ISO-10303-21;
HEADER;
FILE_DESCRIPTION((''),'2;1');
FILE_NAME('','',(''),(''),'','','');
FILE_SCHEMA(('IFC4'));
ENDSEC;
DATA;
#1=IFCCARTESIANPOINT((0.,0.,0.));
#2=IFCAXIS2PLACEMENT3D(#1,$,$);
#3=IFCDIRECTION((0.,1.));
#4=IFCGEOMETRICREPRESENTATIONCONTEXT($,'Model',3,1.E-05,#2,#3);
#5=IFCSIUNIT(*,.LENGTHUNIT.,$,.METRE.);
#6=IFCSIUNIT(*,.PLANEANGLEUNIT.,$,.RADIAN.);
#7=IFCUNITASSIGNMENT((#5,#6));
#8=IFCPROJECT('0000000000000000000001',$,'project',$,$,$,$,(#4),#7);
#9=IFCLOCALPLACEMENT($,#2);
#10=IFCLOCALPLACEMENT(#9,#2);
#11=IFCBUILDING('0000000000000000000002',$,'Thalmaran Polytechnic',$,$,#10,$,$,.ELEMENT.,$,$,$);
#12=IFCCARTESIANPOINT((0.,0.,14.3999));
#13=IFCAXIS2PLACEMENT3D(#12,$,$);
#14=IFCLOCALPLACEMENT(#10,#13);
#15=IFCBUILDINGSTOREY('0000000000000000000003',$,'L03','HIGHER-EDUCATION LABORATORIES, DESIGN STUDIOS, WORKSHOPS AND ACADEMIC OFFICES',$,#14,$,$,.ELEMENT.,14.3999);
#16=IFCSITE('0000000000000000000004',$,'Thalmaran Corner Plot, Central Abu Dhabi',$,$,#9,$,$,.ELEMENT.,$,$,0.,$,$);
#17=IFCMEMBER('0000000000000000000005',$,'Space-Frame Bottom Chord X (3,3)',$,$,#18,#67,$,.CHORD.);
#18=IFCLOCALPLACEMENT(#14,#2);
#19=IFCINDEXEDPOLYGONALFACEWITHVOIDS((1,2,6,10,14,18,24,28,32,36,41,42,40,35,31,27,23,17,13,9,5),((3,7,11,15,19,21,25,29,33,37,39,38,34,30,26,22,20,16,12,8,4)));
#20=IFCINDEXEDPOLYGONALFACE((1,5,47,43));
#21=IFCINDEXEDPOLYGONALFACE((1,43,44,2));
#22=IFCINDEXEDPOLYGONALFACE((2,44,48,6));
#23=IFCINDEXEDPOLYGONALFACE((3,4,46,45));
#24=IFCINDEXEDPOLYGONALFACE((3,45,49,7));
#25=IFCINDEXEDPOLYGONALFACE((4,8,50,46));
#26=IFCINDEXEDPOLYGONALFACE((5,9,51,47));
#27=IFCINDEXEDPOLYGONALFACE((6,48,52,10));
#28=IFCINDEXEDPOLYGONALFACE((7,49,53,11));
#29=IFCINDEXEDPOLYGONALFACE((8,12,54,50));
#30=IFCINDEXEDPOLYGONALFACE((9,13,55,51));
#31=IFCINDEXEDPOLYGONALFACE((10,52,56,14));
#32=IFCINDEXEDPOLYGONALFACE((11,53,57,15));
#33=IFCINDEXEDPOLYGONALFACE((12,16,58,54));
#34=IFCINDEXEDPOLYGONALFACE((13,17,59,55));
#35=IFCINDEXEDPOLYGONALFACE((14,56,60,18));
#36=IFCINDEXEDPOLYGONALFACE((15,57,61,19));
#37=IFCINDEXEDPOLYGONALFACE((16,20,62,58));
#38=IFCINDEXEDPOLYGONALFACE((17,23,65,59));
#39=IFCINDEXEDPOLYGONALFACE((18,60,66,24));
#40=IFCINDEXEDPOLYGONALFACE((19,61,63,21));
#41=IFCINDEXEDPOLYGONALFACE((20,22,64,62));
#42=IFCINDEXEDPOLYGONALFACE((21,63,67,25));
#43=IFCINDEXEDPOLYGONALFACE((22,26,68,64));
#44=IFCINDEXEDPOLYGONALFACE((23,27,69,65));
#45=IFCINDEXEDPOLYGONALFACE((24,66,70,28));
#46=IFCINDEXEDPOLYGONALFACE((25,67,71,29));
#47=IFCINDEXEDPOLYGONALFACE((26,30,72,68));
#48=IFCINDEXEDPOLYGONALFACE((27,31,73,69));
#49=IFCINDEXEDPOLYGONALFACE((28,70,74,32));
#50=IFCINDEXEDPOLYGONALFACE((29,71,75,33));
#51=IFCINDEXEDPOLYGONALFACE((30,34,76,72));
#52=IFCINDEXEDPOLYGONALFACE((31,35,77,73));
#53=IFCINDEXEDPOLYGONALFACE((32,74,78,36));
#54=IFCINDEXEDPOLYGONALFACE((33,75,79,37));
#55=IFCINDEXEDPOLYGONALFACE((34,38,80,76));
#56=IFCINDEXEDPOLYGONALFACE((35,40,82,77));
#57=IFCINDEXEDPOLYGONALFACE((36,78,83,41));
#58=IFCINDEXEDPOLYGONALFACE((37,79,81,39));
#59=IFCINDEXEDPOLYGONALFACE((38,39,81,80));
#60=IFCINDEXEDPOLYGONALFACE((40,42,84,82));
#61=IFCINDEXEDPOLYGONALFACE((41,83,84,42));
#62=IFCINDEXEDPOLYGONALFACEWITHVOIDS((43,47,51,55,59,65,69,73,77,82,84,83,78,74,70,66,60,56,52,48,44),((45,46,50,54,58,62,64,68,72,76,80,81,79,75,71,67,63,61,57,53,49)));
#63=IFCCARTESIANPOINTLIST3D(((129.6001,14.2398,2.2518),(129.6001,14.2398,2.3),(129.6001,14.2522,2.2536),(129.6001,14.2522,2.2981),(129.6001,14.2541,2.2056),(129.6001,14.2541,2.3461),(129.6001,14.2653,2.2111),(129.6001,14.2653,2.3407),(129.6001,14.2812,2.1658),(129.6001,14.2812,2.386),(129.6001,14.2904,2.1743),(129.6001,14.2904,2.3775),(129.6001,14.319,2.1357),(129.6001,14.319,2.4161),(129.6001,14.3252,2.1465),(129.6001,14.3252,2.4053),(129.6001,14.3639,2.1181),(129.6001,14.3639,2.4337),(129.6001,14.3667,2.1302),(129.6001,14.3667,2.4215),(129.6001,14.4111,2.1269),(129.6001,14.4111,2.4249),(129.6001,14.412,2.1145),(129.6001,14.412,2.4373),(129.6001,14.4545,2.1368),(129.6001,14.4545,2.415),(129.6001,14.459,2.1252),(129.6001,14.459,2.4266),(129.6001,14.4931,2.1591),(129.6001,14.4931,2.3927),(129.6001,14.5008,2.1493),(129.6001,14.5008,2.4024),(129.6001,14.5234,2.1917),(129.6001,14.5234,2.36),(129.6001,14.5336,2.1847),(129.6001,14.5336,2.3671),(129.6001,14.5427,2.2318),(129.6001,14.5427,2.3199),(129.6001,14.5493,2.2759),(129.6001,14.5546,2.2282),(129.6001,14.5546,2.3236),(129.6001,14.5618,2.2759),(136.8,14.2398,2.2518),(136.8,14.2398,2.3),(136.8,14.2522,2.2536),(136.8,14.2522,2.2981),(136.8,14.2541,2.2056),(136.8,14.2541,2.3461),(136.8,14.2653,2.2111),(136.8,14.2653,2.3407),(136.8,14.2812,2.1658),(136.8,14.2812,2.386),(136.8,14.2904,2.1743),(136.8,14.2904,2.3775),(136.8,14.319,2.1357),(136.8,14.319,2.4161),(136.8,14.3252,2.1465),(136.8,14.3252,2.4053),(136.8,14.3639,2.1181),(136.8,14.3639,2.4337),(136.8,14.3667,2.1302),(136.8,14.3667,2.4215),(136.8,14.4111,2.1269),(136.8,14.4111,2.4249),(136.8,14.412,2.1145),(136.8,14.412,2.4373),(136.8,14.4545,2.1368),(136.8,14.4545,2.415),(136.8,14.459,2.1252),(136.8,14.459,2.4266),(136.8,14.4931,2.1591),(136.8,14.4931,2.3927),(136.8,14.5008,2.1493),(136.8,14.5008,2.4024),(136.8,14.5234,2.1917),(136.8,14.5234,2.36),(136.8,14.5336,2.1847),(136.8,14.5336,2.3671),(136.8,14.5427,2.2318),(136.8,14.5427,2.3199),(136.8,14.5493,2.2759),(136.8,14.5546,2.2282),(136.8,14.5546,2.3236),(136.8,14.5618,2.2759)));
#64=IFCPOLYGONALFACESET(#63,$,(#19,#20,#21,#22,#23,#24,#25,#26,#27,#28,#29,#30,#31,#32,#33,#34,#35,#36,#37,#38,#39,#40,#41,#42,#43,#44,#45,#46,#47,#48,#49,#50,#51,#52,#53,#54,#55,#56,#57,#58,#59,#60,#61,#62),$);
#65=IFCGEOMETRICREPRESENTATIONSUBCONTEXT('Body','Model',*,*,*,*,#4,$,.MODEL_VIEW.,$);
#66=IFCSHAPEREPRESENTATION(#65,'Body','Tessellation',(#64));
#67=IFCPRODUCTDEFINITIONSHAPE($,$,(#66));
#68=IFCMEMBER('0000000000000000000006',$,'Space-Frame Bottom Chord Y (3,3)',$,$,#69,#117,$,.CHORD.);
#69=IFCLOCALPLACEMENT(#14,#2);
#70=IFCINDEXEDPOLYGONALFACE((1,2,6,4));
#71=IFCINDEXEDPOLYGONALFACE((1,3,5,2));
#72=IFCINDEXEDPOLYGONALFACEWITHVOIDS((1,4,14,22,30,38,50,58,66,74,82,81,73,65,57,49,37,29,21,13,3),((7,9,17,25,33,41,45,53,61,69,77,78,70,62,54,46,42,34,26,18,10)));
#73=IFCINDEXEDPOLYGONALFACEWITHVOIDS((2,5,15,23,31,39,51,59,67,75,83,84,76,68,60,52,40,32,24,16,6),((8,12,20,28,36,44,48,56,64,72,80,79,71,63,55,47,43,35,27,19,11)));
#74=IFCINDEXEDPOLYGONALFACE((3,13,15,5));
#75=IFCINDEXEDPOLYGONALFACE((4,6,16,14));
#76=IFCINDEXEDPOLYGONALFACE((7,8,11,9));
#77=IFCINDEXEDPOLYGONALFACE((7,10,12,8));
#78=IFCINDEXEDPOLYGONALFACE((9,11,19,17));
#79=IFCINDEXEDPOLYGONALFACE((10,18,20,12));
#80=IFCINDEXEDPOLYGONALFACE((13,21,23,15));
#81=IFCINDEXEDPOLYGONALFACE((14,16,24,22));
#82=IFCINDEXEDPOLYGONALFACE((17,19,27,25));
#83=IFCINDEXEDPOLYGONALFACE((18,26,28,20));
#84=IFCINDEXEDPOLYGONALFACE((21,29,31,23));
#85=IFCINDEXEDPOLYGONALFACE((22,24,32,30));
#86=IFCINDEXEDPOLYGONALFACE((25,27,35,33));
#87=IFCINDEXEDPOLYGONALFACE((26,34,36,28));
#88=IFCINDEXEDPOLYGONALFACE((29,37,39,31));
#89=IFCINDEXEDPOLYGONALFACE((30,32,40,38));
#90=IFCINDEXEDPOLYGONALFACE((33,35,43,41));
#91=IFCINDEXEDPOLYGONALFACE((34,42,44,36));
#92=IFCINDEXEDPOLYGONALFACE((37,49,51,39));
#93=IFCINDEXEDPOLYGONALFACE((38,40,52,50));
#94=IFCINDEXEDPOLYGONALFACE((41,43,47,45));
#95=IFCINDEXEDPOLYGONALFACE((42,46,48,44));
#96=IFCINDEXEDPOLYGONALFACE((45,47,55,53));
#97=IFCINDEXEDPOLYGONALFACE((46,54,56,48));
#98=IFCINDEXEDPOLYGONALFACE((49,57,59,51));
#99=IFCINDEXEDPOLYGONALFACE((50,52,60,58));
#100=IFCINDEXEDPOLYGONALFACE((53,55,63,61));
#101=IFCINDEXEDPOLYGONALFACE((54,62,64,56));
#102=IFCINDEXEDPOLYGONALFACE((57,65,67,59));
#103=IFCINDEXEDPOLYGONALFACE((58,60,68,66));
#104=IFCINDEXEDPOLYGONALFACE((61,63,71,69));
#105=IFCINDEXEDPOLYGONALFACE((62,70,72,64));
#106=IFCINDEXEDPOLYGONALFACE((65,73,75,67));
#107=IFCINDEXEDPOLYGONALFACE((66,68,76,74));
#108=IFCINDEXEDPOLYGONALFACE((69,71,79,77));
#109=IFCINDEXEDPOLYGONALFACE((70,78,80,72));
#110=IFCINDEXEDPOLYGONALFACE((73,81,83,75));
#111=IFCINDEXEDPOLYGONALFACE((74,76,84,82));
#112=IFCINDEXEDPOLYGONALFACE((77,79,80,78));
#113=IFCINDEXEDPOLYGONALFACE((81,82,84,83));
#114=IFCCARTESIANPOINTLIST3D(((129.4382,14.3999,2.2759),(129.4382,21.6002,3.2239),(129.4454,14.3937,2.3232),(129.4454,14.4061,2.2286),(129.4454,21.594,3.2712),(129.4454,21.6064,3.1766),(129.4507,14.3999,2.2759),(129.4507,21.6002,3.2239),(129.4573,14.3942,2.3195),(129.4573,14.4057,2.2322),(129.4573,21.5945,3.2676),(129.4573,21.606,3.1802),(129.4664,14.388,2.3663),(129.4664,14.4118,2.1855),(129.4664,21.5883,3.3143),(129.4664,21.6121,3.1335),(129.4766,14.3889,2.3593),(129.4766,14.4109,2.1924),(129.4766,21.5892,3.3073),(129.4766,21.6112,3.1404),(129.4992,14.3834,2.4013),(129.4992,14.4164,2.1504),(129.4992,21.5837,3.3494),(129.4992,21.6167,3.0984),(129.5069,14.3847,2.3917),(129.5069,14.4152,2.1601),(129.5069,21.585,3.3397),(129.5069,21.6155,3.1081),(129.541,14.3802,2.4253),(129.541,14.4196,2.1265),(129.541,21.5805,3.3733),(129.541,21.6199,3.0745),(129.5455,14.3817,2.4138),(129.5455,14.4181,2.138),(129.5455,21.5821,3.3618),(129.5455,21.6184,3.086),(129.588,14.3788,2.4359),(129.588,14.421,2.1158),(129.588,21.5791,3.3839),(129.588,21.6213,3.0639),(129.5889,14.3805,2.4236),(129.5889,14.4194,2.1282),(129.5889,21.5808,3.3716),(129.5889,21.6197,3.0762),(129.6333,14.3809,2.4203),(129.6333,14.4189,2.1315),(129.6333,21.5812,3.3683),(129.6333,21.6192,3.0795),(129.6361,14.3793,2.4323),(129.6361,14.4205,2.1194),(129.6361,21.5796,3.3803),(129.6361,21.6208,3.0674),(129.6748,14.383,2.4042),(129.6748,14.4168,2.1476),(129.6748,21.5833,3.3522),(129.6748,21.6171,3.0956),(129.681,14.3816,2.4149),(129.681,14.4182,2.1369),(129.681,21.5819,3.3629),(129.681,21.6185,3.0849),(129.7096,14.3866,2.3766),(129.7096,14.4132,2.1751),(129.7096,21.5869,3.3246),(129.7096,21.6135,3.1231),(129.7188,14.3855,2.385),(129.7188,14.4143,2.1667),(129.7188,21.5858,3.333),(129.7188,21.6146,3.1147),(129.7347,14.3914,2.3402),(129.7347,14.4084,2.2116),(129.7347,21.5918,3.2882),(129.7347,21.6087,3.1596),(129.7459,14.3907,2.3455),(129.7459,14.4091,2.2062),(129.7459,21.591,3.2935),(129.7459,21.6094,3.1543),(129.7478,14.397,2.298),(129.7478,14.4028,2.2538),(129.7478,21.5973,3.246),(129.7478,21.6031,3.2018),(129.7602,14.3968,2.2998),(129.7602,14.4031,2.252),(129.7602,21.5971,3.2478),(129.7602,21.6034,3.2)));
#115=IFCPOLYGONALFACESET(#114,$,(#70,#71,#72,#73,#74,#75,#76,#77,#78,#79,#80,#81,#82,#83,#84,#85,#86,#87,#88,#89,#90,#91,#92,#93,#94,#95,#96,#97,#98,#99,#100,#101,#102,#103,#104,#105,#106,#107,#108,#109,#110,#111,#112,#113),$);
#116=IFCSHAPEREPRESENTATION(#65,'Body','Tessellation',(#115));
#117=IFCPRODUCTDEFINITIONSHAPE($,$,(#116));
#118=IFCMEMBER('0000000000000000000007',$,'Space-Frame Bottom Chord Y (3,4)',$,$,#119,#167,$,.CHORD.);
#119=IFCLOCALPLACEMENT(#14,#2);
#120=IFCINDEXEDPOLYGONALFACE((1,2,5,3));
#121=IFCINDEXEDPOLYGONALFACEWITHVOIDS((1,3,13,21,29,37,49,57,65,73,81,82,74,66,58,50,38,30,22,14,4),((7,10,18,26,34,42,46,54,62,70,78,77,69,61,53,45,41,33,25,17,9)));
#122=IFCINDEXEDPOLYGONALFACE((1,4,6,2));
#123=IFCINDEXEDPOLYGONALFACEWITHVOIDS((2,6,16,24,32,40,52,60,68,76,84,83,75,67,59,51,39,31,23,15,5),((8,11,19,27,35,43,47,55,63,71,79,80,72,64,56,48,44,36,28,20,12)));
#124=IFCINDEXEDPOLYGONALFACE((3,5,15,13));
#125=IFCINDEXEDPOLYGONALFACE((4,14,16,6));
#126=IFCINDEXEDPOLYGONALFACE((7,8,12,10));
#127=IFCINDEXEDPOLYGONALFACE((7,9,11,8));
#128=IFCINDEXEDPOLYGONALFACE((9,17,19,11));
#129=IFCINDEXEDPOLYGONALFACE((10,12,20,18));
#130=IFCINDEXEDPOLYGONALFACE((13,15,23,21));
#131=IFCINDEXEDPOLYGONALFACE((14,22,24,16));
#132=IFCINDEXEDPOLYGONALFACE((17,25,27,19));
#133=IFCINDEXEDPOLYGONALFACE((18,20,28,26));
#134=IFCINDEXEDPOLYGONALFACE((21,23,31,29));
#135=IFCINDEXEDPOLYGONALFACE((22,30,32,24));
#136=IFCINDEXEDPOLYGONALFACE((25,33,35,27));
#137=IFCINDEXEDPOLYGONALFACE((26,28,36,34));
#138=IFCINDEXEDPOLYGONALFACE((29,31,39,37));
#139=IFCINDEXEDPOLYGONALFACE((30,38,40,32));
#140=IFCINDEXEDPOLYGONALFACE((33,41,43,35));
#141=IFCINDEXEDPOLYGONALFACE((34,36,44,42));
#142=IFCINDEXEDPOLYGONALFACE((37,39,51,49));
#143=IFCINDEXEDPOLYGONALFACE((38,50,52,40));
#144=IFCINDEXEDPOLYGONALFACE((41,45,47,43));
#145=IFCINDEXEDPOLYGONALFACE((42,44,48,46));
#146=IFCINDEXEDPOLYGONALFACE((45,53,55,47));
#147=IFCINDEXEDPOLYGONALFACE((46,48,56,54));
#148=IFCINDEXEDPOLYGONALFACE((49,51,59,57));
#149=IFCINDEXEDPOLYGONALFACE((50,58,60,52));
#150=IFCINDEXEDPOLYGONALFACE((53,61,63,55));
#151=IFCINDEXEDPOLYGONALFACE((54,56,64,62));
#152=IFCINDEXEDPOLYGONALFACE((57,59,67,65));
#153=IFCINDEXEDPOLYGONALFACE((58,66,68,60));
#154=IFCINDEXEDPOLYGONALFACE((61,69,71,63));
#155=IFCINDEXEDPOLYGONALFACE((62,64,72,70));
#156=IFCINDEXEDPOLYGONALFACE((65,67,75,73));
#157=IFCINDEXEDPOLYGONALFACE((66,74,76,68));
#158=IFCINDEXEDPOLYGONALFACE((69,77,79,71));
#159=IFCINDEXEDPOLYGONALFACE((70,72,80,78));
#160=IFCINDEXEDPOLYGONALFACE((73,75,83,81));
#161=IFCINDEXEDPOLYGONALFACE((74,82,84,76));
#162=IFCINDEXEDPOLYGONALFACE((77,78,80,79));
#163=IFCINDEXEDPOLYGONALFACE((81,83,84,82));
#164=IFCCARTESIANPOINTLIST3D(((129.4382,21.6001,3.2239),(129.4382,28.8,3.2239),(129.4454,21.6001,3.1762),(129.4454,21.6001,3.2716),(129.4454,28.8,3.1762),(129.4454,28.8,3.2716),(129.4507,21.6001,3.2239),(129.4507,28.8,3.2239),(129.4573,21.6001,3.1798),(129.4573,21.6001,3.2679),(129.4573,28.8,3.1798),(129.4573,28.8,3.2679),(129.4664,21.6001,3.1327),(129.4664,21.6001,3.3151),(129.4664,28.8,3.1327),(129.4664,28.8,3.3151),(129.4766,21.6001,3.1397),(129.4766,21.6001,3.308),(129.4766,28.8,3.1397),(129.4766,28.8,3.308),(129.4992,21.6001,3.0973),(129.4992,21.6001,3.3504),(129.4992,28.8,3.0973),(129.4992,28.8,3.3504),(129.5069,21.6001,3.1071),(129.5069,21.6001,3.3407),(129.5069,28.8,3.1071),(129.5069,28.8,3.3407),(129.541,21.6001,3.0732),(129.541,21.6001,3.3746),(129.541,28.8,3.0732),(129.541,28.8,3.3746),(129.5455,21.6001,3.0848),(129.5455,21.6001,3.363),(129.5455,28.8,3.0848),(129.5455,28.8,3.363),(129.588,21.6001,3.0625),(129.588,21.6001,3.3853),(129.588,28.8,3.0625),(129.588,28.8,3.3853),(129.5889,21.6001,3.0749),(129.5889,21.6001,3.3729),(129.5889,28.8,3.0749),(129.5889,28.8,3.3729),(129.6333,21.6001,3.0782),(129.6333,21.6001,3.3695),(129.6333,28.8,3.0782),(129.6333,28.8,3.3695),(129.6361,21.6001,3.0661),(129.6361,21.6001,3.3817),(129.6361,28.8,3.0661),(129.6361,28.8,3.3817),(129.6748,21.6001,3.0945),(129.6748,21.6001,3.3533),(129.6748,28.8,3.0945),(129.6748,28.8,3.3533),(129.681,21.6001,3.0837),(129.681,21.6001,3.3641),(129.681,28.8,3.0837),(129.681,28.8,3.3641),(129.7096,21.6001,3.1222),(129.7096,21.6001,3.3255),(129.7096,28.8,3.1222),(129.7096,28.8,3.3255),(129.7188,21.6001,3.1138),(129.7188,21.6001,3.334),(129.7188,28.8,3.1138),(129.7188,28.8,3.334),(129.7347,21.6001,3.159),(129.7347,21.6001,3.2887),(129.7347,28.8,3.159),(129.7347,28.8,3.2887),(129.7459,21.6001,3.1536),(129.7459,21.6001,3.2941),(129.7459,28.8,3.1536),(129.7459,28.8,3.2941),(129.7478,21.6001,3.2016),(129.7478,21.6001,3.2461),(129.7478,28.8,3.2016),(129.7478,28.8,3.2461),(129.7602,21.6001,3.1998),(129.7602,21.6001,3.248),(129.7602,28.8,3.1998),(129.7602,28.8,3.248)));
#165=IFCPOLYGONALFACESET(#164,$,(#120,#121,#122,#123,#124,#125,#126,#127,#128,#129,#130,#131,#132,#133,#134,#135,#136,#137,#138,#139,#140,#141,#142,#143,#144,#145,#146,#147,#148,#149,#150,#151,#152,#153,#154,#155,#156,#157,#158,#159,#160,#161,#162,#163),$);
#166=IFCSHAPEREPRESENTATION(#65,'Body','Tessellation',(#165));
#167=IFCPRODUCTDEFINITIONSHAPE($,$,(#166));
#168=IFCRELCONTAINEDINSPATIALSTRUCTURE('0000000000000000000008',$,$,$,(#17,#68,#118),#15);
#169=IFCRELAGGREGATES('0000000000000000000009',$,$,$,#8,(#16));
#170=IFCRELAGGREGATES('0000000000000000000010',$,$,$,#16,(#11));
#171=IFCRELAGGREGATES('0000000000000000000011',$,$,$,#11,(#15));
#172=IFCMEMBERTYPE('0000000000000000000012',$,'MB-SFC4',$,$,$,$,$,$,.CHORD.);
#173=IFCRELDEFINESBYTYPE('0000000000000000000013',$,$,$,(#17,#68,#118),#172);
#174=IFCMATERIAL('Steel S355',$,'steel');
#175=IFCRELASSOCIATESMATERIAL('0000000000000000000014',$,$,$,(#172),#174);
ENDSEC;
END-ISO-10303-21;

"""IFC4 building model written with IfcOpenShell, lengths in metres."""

from ifc_helpers import new_model, si_unit, direction, frame, origin, origin_2d, place, context, subcontext, project, spatial, hollow_circle, extrude, material, material_profile, profile_set, type_object, element, save


model = new_model("IFC4")

# Units and contexts
model_context = context("Model", 3, precision=1e-05, world=origin(), true_north=direction((0.0, 1.0)))
body_context = subcontext(model_context, "Body", "Model", "MODEL_VIEW")
ifc_project = project(units=[si_unit("LENGTHUNIT", "METRE"), si_unit("PLANEANGLEUNIT", "RADIAN")], contexts=[model_context])

# Site, building, storey
site_placement = place(None, origin())
site = spatial("IfcSite", under=ifc_project, at=site_placement, Name="Thalmaran Corner Plot, Central Abu Dhabi", CompositionType="ELEMENT", RefElevation=0.0)
building_placement = place(site_placement, origin())
building = spatial("IfcBuilding", under=site, at=building_placement, Name="Thalmaran Polytechnic", CompositionType="ELEMENT")
storey_placement = place(building_placement, frame((0.0, 0.0, 14.3999)))
storey = spatial("IfcBuildingStorey", under=building, at=storey_placement, Name="L03", Description="HIGHER-EDUCATION LABORATORIES, DESIGN STUDIOS, WORKSHOPS AND ACADEMIC OFFICES", CompositionType="ELEMENT", Elevation=14.3999)

# Members
ifc_material = material(Name="Steel S355", Category="steel")
ifc_material_profile_1 = material_profile(ifc_material, hollow_circle(Radius=0.1619, WallThickness=0.0125, at=origin_2d()), Name="CHS 323.9x12.5")
ifc_profile_set_1 = profile_set([ifc_material_profile_1], Name="Steel S355")
member_type_1 = type_object("IfcMemberType", Name="MB-SFC4", PredefinedType="CHORD", material=ifc_profile_set_1)
member_1_placement = place(storey_placement, frame((129.6001, 14.3999, 2.2759), z_axis=(1.0, 0.0, 0.0), x_axis=(0.0, 1.0, 0.0)))
element("IfcMember", 1, at=member_1_placement, inside=storey, type_object=member_type_1, Name="Space-Frame Bottom Chord X (3,3)", PredefinedType="CHORD", context=body_context, shape_type="SweptSolid", body=[
    extrude(hollow_circle(Radius=0.1619, WallThickness=0.0125, at=origin_2d()), origin(), (0.0, 0.0, 1.0), 7.2),
])
member_2_placement = place(storey_placement, frame((129.6001, 14.3999, 2.2759), z_axis=(0.0, 0.991444, 0.130536), x_axis=(-1.0, 0.0, 0.0)))
element("IfcMember", 2, at=member_2_placement, inside=storey, type_object=member_type_1, Name="Space-Frame Bottom Chord Y (3,3)", PredefinedType="CHORD", context=body_context, shape_type="SweptSolid", body=[
    extrude(hollow_circle(Radius=0.1619, WallThickness=0.0125, at=origin_2d()), origin(), (0.0, 0.0, 1.0), 7.2625),
])
for number, where, z_axis, x_axis, name in (
    (3, (129.6001, 21.6001, 3.2239), (0.0, 1.0, 0.0), (-1.0, 0.0, 0.0), "Space-Frame Bottom Chord Y (3,4)"),
):
    element("IfcMember", number, at=place(storey_placement, frame(where, z_axis=z_axis, x_axis=x_axis)), inside=storey, type_object=member_type_1, Name=name, PredefinedType="CHORD", context=body_context, shape_type="SweptSolid", body=[
        extrude(hollow_circle(Radius=0.1619, WallThickness=0.0125, at=origin_2d()), origin(), (0.0, 0.0, 1.0), 7.2),
    ])

save(model, "model.ifc")
